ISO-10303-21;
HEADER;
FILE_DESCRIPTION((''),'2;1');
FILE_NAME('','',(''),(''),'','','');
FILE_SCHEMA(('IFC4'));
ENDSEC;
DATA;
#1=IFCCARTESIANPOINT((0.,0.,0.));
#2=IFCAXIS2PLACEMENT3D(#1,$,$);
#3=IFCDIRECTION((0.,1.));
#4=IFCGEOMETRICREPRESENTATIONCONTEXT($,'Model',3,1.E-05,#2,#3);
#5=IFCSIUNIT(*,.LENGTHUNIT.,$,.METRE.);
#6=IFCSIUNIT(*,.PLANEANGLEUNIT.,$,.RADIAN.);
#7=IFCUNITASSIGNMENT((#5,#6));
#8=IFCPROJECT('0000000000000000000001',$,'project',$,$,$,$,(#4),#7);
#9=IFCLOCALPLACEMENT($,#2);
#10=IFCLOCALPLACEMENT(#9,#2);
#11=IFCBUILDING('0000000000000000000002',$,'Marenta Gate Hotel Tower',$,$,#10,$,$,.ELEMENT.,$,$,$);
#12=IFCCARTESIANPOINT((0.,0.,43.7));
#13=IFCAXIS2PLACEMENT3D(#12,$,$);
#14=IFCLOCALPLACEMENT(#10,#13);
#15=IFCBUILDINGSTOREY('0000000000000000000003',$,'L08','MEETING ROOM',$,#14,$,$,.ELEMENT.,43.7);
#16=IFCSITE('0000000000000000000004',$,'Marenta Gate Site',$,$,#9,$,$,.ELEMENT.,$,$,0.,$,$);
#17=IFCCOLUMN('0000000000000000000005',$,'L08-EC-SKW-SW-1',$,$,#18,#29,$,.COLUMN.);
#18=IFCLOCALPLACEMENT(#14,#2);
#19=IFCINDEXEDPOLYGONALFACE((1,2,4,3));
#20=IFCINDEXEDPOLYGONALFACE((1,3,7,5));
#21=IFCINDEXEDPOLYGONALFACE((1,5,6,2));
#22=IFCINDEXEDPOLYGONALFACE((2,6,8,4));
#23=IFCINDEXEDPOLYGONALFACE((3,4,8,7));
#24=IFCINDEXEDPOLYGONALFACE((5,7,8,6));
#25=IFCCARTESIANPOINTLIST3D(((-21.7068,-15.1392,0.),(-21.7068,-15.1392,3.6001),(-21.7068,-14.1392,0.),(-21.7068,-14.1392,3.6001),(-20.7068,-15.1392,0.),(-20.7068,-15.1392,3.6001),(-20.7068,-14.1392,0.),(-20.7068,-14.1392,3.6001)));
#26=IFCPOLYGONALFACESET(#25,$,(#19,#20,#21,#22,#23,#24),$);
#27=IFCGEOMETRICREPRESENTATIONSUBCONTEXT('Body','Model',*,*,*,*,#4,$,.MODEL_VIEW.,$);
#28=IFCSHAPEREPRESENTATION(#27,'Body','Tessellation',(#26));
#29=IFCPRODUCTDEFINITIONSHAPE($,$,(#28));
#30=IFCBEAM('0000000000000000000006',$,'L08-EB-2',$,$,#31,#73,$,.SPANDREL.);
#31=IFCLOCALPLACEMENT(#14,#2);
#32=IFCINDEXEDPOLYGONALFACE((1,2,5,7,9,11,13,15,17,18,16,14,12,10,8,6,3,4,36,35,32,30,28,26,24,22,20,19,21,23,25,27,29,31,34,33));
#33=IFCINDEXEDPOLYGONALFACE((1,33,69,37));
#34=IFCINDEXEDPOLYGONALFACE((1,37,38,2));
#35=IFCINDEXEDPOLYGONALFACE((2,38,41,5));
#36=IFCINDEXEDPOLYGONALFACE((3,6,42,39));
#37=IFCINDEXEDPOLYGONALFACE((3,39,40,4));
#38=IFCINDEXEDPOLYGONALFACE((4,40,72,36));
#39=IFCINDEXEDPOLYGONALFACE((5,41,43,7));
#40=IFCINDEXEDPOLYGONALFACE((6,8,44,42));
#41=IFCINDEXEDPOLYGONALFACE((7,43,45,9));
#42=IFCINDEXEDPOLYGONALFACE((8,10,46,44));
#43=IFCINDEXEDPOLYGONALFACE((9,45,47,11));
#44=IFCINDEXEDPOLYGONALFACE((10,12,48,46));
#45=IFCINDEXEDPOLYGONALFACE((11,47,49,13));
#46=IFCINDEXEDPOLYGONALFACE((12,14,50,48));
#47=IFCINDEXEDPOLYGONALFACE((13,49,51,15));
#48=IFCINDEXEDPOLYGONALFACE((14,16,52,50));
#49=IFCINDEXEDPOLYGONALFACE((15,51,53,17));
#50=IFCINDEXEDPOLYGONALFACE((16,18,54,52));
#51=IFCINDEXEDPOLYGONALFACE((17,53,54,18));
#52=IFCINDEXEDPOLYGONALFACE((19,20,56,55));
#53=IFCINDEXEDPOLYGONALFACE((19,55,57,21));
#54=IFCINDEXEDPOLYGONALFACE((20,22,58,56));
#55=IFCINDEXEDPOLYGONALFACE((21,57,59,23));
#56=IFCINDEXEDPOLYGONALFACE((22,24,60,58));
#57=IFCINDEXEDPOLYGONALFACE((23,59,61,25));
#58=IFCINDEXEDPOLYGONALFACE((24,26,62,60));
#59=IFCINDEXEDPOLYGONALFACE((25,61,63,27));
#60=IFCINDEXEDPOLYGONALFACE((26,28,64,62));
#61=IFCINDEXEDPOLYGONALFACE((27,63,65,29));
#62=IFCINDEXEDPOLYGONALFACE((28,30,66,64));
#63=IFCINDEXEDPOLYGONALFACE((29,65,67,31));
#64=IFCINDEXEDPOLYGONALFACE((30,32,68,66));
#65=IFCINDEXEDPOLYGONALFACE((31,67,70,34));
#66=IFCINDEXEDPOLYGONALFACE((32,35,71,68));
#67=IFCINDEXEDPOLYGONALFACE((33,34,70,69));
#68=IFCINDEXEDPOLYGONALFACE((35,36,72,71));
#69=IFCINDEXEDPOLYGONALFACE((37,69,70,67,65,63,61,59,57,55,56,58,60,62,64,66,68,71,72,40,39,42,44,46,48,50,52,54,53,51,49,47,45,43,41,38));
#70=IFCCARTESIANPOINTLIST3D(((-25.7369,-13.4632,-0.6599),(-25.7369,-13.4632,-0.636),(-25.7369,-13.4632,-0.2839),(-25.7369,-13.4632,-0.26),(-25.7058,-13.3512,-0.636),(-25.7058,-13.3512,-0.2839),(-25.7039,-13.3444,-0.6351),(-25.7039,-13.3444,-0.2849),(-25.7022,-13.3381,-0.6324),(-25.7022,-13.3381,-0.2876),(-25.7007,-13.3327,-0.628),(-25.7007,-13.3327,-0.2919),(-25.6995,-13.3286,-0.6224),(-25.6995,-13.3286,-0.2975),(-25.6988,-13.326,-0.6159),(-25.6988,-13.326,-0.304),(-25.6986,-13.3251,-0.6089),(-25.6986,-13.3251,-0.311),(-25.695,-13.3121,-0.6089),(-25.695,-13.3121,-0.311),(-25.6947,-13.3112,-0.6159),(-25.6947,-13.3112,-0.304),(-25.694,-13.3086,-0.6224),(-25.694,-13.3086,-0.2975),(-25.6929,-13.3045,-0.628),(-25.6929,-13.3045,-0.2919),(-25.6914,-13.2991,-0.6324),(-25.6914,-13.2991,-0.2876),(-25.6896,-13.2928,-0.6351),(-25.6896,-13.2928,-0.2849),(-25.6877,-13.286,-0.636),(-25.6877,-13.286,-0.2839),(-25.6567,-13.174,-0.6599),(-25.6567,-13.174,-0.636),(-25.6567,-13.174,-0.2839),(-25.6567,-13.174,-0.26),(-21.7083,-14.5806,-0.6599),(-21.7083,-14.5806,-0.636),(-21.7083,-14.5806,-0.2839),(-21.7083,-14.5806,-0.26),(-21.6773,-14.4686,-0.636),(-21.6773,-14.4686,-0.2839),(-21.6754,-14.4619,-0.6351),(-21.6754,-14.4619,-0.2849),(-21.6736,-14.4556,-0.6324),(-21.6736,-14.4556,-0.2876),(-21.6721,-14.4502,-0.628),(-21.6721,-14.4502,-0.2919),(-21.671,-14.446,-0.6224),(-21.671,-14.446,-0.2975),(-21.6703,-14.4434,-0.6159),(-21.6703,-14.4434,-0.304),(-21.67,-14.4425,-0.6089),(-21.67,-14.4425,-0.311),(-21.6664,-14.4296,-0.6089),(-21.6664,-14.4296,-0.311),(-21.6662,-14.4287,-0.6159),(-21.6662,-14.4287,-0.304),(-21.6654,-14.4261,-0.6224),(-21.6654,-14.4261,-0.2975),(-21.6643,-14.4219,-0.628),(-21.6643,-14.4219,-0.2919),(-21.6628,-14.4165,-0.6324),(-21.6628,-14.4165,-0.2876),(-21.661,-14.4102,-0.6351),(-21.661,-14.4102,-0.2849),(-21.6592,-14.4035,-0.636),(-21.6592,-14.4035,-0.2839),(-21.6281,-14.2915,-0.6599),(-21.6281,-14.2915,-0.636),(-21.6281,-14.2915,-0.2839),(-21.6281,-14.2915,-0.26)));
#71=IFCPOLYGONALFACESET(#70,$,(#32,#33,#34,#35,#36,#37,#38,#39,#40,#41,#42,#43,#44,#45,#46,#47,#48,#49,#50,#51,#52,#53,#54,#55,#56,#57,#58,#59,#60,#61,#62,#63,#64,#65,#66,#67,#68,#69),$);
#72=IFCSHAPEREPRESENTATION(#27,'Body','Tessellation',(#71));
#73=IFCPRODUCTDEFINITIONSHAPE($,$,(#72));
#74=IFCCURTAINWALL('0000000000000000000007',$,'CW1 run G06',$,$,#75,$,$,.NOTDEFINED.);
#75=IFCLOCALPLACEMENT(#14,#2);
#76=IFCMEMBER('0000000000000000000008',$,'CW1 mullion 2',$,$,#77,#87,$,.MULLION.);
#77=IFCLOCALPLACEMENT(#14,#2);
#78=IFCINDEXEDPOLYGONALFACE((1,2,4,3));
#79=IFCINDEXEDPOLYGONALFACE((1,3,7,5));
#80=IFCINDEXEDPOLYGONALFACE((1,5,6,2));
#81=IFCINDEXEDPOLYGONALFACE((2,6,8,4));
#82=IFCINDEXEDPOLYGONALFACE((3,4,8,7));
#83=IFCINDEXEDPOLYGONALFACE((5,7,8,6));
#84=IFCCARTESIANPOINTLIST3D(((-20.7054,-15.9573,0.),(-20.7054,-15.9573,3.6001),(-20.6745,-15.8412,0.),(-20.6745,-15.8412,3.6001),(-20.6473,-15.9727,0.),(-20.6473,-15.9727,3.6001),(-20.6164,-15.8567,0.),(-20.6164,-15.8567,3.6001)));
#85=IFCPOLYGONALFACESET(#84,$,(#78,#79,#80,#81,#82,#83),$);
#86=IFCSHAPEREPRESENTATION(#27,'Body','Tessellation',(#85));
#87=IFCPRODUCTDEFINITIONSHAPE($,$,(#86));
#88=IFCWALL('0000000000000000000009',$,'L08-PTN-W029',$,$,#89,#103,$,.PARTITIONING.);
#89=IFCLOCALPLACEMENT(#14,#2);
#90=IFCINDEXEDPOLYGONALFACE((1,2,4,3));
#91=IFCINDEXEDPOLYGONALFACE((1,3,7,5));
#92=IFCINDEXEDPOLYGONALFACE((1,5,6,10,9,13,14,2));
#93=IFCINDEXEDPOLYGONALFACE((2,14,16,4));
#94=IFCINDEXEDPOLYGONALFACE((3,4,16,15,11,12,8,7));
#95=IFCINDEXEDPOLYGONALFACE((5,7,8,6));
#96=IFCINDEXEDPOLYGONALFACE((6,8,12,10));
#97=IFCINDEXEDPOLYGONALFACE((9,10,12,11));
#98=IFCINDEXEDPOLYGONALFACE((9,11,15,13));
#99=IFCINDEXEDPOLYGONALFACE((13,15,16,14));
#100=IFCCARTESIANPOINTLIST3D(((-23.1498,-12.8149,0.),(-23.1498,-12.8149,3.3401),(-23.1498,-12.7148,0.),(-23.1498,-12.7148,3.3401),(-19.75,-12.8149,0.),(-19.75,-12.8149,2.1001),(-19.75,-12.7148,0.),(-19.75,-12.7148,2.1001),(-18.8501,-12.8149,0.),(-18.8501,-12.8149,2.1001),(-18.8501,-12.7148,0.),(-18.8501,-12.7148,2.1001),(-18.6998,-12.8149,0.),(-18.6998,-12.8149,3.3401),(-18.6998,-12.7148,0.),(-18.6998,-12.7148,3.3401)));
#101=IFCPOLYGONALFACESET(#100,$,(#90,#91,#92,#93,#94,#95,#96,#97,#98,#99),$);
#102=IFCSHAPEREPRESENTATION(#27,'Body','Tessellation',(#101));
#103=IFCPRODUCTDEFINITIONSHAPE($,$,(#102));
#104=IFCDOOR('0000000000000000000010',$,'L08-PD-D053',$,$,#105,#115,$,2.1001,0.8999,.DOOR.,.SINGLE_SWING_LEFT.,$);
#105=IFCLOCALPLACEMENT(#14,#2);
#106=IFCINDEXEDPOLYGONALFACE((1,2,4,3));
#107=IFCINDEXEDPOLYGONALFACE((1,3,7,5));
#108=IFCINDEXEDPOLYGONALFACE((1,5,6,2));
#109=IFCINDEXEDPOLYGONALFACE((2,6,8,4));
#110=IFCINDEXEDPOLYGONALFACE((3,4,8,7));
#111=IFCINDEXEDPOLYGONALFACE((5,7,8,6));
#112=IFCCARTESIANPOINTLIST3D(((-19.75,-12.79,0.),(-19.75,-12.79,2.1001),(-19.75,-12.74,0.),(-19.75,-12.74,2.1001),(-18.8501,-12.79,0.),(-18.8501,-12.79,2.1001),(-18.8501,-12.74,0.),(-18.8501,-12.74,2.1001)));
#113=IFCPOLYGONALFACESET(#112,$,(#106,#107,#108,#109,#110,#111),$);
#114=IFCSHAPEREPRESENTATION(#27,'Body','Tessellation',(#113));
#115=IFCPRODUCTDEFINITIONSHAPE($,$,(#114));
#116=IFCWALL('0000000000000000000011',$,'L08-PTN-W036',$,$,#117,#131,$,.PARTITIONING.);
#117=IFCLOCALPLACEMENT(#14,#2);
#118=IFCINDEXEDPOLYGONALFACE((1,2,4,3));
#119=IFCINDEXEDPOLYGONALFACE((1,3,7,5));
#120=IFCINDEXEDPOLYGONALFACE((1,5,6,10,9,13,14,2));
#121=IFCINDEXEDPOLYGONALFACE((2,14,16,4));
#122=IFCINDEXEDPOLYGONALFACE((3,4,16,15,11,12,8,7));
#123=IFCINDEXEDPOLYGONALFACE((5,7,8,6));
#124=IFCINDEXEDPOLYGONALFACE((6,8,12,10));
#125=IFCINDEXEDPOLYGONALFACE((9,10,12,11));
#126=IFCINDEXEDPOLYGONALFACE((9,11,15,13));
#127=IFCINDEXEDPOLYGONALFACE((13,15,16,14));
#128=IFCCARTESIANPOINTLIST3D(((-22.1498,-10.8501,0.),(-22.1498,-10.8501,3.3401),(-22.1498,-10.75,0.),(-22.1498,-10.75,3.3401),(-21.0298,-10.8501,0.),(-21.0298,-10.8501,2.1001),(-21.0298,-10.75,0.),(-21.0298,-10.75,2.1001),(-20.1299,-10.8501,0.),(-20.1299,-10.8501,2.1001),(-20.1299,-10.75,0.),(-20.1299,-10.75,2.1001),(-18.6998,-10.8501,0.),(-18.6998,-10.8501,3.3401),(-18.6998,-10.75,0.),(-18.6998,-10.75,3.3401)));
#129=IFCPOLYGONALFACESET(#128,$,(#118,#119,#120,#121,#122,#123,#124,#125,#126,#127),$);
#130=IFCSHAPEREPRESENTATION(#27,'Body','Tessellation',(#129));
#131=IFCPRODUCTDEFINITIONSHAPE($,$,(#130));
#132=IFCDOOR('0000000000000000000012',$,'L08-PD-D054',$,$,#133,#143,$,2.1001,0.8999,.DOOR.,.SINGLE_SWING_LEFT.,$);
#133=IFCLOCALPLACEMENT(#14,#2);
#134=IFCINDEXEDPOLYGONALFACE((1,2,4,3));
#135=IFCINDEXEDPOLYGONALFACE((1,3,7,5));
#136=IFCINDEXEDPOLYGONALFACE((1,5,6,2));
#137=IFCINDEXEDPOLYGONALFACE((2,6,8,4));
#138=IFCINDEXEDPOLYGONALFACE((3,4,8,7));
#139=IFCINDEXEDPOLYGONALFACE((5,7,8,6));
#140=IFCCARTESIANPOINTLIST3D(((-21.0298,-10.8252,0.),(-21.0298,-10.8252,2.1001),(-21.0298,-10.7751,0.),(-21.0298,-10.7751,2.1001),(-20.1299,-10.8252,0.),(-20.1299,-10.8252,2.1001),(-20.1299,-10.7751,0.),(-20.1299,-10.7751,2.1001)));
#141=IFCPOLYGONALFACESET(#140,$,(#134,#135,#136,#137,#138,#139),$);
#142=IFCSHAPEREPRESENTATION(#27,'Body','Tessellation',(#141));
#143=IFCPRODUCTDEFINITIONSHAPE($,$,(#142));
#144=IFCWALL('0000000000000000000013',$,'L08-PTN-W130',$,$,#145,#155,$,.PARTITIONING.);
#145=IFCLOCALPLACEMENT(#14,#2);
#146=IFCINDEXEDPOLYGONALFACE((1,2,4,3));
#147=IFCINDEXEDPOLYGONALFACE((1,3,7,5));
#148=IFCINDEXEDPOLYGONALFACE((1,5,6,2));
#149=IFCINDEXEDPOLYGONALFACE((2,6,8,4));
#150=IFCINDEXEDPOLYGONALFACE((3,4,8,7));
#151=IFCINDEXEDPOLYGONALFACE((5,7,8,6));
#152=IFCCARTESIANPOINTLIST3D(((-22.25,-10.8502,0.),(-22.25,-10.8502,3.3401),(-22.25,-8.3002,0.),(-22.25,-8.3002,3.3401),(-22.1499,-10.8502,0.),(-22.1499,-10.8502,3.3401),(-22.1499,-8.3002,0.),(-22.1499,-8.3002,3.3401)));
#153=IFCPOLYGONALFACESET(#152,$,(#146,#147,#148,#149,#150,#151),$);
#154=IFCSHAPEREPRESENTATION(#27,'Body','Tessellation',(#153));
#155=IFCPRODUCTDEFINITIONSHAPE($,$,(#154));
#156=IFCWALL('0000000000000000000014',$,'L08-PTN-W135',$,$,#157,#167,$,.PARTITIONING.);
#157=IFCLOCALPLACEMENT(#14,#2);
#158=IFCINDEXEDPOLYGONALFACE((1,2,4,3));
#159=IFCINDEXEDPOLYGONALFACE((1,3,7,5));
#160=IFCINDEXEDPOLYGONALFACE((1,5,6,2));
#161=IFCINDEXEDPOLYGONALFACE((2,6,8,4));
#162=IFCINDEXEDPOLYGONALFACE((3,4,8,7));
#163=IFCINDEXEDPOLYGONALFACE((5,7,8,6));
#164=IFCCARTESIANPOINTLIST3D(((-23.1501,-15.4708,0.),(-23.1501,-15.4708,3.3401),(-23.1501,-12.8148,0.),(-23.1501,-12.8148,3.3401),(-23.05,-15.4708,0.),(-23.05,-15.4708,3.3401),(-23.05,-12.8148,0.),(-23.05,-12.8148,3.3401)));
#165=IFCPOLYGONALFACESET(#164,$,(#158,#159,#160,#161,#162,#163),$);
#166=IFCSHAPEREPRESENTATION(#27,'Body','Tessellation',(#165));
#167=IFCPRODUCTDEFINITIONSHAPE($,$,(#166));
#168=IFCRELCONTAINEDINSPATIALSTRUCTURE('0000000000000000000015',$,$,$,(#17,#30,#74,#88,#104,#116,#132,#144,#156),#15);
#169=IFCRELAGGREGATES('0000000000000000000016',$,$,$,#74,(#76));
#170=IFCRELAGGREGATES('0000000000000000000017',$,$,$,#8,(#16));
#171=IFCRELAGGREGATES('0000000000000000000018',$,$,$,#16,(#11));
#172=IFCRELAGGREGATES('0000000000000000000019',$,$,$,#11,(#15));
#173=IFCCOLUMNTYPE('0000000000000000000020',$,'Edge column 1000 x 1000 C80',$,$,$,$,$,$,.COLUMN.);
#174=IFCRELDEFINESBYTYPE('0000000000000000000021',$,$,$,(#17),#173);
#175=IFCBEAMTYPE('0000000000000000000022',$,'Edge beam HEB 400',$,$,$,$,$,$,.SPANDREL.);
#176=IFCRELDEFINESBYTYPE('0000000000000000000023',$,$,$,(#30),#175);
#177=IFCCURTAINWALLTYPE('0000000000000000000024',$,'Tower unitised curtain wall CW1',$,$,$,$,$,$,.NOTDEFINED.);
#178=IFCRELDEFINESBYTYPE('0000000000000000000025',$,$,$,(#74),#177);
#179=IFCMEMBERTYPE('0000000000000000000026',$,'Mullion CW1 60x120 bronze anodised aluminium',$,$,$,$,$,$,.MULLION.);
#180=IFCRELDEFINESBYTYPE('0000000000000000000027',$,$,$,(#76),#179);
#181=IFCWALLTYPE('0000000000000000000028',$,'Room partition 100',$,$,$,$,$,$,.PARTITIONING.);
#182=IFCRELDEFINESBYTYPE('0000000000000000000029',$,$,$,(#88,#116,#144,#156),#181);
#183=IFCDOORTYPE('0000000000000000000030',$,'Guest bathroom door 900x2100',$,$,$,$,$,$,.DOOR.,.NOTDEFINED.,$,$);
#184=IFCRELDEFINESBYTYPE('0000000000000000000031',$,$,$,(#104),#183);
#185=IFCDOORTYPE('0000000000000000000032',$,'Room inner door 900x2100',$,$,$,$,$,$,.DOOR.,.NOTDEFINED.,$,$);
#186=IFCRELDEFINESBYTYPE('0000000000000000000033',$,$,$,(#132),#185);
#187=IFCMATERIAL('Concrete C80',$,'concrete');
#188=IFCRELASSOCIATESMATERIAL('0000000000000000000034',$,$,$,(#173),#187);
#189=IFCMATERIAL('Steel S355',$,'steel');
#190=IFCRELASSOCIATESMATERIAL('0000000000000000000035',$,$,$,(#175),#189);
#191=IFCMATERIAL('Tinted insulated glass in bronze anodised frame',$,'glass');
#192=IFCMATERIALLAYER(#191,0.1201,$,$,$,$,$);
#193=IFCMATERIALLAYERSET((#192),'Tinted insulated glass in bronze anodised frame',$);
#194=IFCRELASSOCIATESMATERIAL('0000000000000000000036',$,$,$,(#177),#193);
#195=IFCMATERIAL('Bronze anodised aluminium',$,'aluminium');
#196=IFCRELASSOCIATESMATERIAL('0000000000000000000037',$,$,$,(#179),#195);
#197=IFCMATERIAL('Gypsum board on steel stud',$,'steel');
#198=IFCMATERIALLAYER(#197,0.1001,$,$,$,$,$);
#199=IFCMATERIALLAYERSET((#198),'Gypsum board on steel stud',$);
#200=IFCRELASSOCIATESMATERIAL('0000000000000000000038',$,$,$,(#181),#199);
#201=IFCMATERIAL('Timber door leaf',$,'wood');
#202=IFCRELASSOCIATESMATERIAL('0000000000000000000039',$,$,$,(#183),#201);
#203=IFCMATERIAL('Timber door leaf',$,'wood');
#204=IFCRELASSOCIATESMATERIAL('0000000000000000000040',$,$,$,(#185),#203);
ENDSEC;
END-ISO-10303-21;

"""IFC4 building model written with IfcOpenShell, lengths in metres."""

from ifc_helpers import new_model, si_unit, direction, frame, frame_2d, origin, origin_2d, place, context, subcontext, project, spatial, rectangle, i_section, extrude, material, layer, layer_set, material_profile, profile_set, type_object, element, fill, aggregate, save


model = new_model("IFC4")

# Units and contexts
model_context = context("Model", 3, precision=1e-05, world=origin(), true_north=direction((0.0, 1.0)))
body_context = subcontext(model_context, "Body", "Model", "MODEL_VIEW")
ifc_project = project(units=[si_unit("LENGTHUNIT", "METRE"), si_unit("PLANEANGLEUNIT", "RADIAN")], contexts=[model_context])

# Site, building, storey
site_placement = place(None, origin())
site = spatial("IfcSite", under=ifc_project, at=site_placement, Name="Marenta Gate Site", CompositionType="ELEMENT", RefElevation=0.0)
building_placement = place(site_placement, origin())
building = spatial("IfcBuilding", under=site, at=building_placement, Name="Marenta Gate Hotel Tower", CompositionType="ELEMENT")
storey_placement = place(building_placement, frame((0.0, 0.0, 43.7)))
storey = spatial("IfcBuildingStorey", under=building, at=storey_placement, Name="L08", Description="MEETING ROOM", CompositionType="ELEMENT", Elevation=43.7)

# Column
ifc_material_1 = material(Name="Concrete C80", Category="concrete")
ifc_material_profile_1 = material_profile(ifc_material_1, rectangle(XDim=1.0, YDim=1.0, at=origin_2d()), Name="1000 x 1000")
ifc_profile_set_1 = profile_set([ifc_material_profile_1], Name="Concrete C80")
column_type = type_object("IfcColumnType", Name="Edge column 1000 x 1000 C80", PredefinedType="COLUMN", material=ifc_profile_set_1)
column_placement = place(storey_placement, frame((-21.2068, -14.6392, 0.0), z_axis=(0.0, 0.0, 1.0), x_axis=(1.0, 0.0, 0.0)))
element("IfcColumn", 1, at=column_placement, inside=storey, type_object=column_type, Name="L08-EC-SKW-SW-1", PredefinedType="COLUMN", context=body_context, shape_type="SweptSolid", body=[
    extrude(rectangle(XDim=1.0, YDim=1.0, at=origin_2d()), origin(), (0.0, 0.0, 1.0), 3.6001),
])

# Beam
ifc_material_2 = material(Name="Steel S355", Category="steel")
ifc_material_profile_2 = material_profile(ifc_material_2, i_section(OverallWidth=0.3, OverallDepth=0.3999, WebThickness=0.0134, FlangeThickness=0.0239, FilletRadius=0.0271, at=origin_2d()), Name="HEB 400")
ifc_profile_set_2 = profile_set([ifc_material_profile_2], Name="Steel S355")
beam_type = type_object("IfcBeamType", Name="Edge beam HEB 400", PredefinedType="SPANDREL", material=ifc_profile_set_2)
beam_placement = place(storey_placement, frame((-21.6682, -14.436, -0.46), z_axis=(-0.963617, 0.267285, 0.0), x_axis=(-0.267285, -0.963617, 0.0)))
element("IfcBeam", 2, at=beam_placement, inside=storey, type_object=beam_type, Name="L08-EB-2", PredefinedType="SPANDREL", context=body_context, shape_type="SweptSolid", body=[
    extrude(i_section(OverallWidth=0.3, OverallDepth=0.3999, WebThickness=0.0134, FlangeThickness=0.0239, FilletRadius=0.0271, at=origin_2d()), origin(), (0.0, 0.0, 1.0), 4.1807),
])

# Curtain wall, member
ifc_material_3 = material(Name="Tinted insulated glass in bronze anodised frame", Category="glass")
ifc_layer_1 = layer(ifc_material_3, 0.1201)
ifc_layer_set_1 = layer_set([ifc_layer_1], Name="Tinted insulated glass in bronze anodised frame")
curtain_wall_type = type_object("IfcCurtainWallType", Name="Tower unitised curtain wall CW1", PredefinedType="NOTDEFINED", material=ifc_layer_set_1)
curtain_wall_placement = place(storey_placement, origin())
curtain_wall = element("IfcCurtainWall", 3, at=curtain_wall_placement, inside=storey, type_object=curtain_wall_type, Name="CW1 run G06", PredefinedType="NOTDEFINED")
ifc_material_4 = material(Name="Bronze anodised aluminium", Category="aluminium")
ifc_material_profile_3 = material_profile(ifc_material_4, rectangle(XDim=0.1201, YDim=0.0601, at=origin_2d()), Name="Mullion CW1 60x120 bronze anodised aluminium")
ifc_profile_set_3 = profile_set([ifc_material_profile_3], Name="Bronze anodised aluminium")
member_type = type_object("IfcMemberType", Name="Mullion CW1 60x120 bronze anodised aluminium", PredefinedType="MULLION", material=ifc_profile_set_3)
member_placement = place(storey_placement, frame((-20.6609, -15.907, 0.0), z_axis=(0.0, 0.0, 1.0), x_axis=(0.257142, 0.966374, 0.0)))
member = element("IfcMember", 4, at=member_placement, type_object=member_type, Name="CW1 mullion 2", PredefinedType="MULLION", context=body_context, shape_type="SweptSolid", body=[
    extrude(rectangle(XDim=0.1201, YDim=0.0601, at=origin_2d()), origin(), (0.0, 0.0, 1.0), 3.6001),
])
aggregate(curtain_wall, [member])

# Walls, openings, doors
ifc_material_5 = material(Name="Gypsum board on steel stud", Category="steel")
ifc_layer_2 = layer(ifc_material_5, 0.1001)
ifc_layer_set_2 = layer_set([ifc_layer_2], Name="Gypsum board on steel stud")
wall_type = type_object("IfcWallType", Name="Room partition 100", PredefinedType="PARTITIONING", material=ifc_layer_set_2)
wall_1_placement = place(storey_placement, frame((-23.1499, -12.7649, 0.0), z_axis=(0.0, 0.0, 1.0), x_axis=(1.0, 0.0, 0.0)))
wall_1 = element("IfcWall", 5, at=wall_1_placement, inside=storey, type_object=wall_type, Name="L08-PTN-W029", PredefinedType="PARTITIONING", context=body_context, shape_type="SweptSolid", body=[
    extrude(rectangle(XDim=4.45, YDim=0.1001, at=frame_2d((2.2251, 0.0))), origin(), (0.0, 0.0, 1.0), 3.3401),
])
opening_1_placement = place(wall_1_placement, frame((3.3999, 0.0, 0.0)))
opening_1 = element("IfcOpeningElement", 6, at=opening_1_placement, cuts=wall_1, PredefinedType="OPENING", context=body_context, shape_type="SweptSolid", body=[
    extrude(rectangle(XDim=0.8999, YDim=2.1001, at=frame_2d((0.45, 1.05))), frame((0.0, 0.05, 0.0), z_axis=(0.0, -1.0, 0.0), x_axis=(1.0, 0.0, 0.0)), (0.0, 0.0, 1.0), 0.1001),
])
ifc_material_6 = material(Name="Timber door leaf", Category="wood")
door_type_1 = type_object("IfcDoorType", Name="Guest bathroom door 900x2100", OperationType="NOTDEFINED", PredefinedType="DOOR", material=ifc_material_6)
door_1_placement = place(opening_1_placement, origin())
door_1 = element("IfcDoor", 7, at=door_1_placement, inside=storey, type_object=door_type_1, Name="L08-PD-D053", OperationType="SINGLE_SWING_LEFT", OverallHeight=2.1001, OverallWidth=0.8999, PredefinedType="DOOR", context=body_context, shape_type="SweptSolid", body=[
    extrude(rectangle(XDim=0.8999, YDim=2.1001, at=frame_2d((0.45, 1.05))), frame((0.0, 0.0249, 0.0), z_axis=(0.0, -1.0, 0.0), x_axis=(1.0, 0.0, 0.0)), (0.0, 0.0, 1.0), 0.05),
])
fill(opening_1, door_1)
wall_2_placement = place(storey_placement, frame((-22.1499, -10.8, 0.0), z_axis=(0.0, 0.0, 1.0), x_axis=(1.0, 0.0, 0.0)))
wall_2 = element("IfcWall", 8, at=wall_2_placement, inside=storey, type_object=wall_type, Name="L08-PTN-W036", PredefinedType="PARTITIONING", context=body_context, shape_type="SweptSolid", body=[
    extrude(rectangle(XDim=3.45, YDim=0.1001, at=frame_2d((1.7251, 0.0))), origin(), (0.0, 0.0, 1.0), 3.3401),
])
opening_2_placement = place(wall_2_placement, frame((1.1201, 0.0, 0.0)))
opening_2 = element("IfcOpeningElement", 9, at=opening_2_placement, cuts=wall_2, PredefinedType="OPENING", context=body_context, shape_type="SweptSolid", body=[
    extrude(rectangle(XDim=0.8999, YDim=2.1001, at=frame_2d((0.45, 1.05))), frame((0.0, 0.05, 0.0), z_axis=(0.0, -1.0, 0.0), x_axis=(1.0, 0.0, 0.0)), (0.0, 0.0, 1.0), 0.1001),
])
ifc_material_7 = material(Name="Timber door leaf", Category="wood")
door_type_2 = type_object("IfcDoorType", Name="Room inner door 900x2100", OperationType="NOTDEFINED", PredefinedType="DOOR", material=ifc_material_7)
door_2_placement = place(opening_2_placement, origin())
door_2 = element("IfcDoor", 10, at=door_2_placement, inside=storey, type_object=door_type_2, Name="L08-PD-D054", OperationType="SINGLE_SWING_LEFT", OverallHeight=2.1001, OverallWidth=0.8999, PredefinedType="DOOR", context=body_context, shape_type="SweptSolid", body=[
    extrude(rectangle(XDim=0.8999, YDim=2.1001, at=frame_2d((0.45, 1.05))), frame((0.0, 0.0249, 0.0), z_axis=(0.0, -1.0, 0.0), x_axis=(1.0, 0.0, 0.0)), (0.0, 0.0, 1.0), 0.05),
])
fill(opening_2, door_2)

# Walls
wall_3_placement = place(storey_placement, frame((-22.2, -10.8501, 0.0), z_axis=(0.0, 0.0, 1.0), x_axis=(0.0, 1.0, 0.0)))
element("IfcWall", 11, at=wall_3_placement, inside=storey, type_object=wall_type, Name="L08-PTN-W130", PredefinedType="PARTITIONING", context=body_context, shape_type="SweptSolid", body=[
    extrude(rectangle(XDim=2.55, YDim=0.1001, at=frame_2d((1.2749, 0.0))), origin(), (0.0, 0.0, 1.0), 3.3401),
])
wall_4_placement = place(storey_placement, frame((-23.1001, -15.4709, 0.0), z_axis=(0.0, 0.0, 1.0), x_axis=(0.0, 1.0, 0.0)))
element("IfcWall", 12, at=wall_4_placement, inside=storey, type_object=wall_type, Name="L08-PTN-W135", PredefinedType="PARTITIONING", context=body_context, shape_type="SweptSolid", body=[
    extrude(rectangle(XDim=2.656, YDim=0.1001, at=frame_2d((1.3281, 0.0))), origin(), (0.0, 0.0, 1.0), 3.3401),
])

save(model, "model.ifc")
